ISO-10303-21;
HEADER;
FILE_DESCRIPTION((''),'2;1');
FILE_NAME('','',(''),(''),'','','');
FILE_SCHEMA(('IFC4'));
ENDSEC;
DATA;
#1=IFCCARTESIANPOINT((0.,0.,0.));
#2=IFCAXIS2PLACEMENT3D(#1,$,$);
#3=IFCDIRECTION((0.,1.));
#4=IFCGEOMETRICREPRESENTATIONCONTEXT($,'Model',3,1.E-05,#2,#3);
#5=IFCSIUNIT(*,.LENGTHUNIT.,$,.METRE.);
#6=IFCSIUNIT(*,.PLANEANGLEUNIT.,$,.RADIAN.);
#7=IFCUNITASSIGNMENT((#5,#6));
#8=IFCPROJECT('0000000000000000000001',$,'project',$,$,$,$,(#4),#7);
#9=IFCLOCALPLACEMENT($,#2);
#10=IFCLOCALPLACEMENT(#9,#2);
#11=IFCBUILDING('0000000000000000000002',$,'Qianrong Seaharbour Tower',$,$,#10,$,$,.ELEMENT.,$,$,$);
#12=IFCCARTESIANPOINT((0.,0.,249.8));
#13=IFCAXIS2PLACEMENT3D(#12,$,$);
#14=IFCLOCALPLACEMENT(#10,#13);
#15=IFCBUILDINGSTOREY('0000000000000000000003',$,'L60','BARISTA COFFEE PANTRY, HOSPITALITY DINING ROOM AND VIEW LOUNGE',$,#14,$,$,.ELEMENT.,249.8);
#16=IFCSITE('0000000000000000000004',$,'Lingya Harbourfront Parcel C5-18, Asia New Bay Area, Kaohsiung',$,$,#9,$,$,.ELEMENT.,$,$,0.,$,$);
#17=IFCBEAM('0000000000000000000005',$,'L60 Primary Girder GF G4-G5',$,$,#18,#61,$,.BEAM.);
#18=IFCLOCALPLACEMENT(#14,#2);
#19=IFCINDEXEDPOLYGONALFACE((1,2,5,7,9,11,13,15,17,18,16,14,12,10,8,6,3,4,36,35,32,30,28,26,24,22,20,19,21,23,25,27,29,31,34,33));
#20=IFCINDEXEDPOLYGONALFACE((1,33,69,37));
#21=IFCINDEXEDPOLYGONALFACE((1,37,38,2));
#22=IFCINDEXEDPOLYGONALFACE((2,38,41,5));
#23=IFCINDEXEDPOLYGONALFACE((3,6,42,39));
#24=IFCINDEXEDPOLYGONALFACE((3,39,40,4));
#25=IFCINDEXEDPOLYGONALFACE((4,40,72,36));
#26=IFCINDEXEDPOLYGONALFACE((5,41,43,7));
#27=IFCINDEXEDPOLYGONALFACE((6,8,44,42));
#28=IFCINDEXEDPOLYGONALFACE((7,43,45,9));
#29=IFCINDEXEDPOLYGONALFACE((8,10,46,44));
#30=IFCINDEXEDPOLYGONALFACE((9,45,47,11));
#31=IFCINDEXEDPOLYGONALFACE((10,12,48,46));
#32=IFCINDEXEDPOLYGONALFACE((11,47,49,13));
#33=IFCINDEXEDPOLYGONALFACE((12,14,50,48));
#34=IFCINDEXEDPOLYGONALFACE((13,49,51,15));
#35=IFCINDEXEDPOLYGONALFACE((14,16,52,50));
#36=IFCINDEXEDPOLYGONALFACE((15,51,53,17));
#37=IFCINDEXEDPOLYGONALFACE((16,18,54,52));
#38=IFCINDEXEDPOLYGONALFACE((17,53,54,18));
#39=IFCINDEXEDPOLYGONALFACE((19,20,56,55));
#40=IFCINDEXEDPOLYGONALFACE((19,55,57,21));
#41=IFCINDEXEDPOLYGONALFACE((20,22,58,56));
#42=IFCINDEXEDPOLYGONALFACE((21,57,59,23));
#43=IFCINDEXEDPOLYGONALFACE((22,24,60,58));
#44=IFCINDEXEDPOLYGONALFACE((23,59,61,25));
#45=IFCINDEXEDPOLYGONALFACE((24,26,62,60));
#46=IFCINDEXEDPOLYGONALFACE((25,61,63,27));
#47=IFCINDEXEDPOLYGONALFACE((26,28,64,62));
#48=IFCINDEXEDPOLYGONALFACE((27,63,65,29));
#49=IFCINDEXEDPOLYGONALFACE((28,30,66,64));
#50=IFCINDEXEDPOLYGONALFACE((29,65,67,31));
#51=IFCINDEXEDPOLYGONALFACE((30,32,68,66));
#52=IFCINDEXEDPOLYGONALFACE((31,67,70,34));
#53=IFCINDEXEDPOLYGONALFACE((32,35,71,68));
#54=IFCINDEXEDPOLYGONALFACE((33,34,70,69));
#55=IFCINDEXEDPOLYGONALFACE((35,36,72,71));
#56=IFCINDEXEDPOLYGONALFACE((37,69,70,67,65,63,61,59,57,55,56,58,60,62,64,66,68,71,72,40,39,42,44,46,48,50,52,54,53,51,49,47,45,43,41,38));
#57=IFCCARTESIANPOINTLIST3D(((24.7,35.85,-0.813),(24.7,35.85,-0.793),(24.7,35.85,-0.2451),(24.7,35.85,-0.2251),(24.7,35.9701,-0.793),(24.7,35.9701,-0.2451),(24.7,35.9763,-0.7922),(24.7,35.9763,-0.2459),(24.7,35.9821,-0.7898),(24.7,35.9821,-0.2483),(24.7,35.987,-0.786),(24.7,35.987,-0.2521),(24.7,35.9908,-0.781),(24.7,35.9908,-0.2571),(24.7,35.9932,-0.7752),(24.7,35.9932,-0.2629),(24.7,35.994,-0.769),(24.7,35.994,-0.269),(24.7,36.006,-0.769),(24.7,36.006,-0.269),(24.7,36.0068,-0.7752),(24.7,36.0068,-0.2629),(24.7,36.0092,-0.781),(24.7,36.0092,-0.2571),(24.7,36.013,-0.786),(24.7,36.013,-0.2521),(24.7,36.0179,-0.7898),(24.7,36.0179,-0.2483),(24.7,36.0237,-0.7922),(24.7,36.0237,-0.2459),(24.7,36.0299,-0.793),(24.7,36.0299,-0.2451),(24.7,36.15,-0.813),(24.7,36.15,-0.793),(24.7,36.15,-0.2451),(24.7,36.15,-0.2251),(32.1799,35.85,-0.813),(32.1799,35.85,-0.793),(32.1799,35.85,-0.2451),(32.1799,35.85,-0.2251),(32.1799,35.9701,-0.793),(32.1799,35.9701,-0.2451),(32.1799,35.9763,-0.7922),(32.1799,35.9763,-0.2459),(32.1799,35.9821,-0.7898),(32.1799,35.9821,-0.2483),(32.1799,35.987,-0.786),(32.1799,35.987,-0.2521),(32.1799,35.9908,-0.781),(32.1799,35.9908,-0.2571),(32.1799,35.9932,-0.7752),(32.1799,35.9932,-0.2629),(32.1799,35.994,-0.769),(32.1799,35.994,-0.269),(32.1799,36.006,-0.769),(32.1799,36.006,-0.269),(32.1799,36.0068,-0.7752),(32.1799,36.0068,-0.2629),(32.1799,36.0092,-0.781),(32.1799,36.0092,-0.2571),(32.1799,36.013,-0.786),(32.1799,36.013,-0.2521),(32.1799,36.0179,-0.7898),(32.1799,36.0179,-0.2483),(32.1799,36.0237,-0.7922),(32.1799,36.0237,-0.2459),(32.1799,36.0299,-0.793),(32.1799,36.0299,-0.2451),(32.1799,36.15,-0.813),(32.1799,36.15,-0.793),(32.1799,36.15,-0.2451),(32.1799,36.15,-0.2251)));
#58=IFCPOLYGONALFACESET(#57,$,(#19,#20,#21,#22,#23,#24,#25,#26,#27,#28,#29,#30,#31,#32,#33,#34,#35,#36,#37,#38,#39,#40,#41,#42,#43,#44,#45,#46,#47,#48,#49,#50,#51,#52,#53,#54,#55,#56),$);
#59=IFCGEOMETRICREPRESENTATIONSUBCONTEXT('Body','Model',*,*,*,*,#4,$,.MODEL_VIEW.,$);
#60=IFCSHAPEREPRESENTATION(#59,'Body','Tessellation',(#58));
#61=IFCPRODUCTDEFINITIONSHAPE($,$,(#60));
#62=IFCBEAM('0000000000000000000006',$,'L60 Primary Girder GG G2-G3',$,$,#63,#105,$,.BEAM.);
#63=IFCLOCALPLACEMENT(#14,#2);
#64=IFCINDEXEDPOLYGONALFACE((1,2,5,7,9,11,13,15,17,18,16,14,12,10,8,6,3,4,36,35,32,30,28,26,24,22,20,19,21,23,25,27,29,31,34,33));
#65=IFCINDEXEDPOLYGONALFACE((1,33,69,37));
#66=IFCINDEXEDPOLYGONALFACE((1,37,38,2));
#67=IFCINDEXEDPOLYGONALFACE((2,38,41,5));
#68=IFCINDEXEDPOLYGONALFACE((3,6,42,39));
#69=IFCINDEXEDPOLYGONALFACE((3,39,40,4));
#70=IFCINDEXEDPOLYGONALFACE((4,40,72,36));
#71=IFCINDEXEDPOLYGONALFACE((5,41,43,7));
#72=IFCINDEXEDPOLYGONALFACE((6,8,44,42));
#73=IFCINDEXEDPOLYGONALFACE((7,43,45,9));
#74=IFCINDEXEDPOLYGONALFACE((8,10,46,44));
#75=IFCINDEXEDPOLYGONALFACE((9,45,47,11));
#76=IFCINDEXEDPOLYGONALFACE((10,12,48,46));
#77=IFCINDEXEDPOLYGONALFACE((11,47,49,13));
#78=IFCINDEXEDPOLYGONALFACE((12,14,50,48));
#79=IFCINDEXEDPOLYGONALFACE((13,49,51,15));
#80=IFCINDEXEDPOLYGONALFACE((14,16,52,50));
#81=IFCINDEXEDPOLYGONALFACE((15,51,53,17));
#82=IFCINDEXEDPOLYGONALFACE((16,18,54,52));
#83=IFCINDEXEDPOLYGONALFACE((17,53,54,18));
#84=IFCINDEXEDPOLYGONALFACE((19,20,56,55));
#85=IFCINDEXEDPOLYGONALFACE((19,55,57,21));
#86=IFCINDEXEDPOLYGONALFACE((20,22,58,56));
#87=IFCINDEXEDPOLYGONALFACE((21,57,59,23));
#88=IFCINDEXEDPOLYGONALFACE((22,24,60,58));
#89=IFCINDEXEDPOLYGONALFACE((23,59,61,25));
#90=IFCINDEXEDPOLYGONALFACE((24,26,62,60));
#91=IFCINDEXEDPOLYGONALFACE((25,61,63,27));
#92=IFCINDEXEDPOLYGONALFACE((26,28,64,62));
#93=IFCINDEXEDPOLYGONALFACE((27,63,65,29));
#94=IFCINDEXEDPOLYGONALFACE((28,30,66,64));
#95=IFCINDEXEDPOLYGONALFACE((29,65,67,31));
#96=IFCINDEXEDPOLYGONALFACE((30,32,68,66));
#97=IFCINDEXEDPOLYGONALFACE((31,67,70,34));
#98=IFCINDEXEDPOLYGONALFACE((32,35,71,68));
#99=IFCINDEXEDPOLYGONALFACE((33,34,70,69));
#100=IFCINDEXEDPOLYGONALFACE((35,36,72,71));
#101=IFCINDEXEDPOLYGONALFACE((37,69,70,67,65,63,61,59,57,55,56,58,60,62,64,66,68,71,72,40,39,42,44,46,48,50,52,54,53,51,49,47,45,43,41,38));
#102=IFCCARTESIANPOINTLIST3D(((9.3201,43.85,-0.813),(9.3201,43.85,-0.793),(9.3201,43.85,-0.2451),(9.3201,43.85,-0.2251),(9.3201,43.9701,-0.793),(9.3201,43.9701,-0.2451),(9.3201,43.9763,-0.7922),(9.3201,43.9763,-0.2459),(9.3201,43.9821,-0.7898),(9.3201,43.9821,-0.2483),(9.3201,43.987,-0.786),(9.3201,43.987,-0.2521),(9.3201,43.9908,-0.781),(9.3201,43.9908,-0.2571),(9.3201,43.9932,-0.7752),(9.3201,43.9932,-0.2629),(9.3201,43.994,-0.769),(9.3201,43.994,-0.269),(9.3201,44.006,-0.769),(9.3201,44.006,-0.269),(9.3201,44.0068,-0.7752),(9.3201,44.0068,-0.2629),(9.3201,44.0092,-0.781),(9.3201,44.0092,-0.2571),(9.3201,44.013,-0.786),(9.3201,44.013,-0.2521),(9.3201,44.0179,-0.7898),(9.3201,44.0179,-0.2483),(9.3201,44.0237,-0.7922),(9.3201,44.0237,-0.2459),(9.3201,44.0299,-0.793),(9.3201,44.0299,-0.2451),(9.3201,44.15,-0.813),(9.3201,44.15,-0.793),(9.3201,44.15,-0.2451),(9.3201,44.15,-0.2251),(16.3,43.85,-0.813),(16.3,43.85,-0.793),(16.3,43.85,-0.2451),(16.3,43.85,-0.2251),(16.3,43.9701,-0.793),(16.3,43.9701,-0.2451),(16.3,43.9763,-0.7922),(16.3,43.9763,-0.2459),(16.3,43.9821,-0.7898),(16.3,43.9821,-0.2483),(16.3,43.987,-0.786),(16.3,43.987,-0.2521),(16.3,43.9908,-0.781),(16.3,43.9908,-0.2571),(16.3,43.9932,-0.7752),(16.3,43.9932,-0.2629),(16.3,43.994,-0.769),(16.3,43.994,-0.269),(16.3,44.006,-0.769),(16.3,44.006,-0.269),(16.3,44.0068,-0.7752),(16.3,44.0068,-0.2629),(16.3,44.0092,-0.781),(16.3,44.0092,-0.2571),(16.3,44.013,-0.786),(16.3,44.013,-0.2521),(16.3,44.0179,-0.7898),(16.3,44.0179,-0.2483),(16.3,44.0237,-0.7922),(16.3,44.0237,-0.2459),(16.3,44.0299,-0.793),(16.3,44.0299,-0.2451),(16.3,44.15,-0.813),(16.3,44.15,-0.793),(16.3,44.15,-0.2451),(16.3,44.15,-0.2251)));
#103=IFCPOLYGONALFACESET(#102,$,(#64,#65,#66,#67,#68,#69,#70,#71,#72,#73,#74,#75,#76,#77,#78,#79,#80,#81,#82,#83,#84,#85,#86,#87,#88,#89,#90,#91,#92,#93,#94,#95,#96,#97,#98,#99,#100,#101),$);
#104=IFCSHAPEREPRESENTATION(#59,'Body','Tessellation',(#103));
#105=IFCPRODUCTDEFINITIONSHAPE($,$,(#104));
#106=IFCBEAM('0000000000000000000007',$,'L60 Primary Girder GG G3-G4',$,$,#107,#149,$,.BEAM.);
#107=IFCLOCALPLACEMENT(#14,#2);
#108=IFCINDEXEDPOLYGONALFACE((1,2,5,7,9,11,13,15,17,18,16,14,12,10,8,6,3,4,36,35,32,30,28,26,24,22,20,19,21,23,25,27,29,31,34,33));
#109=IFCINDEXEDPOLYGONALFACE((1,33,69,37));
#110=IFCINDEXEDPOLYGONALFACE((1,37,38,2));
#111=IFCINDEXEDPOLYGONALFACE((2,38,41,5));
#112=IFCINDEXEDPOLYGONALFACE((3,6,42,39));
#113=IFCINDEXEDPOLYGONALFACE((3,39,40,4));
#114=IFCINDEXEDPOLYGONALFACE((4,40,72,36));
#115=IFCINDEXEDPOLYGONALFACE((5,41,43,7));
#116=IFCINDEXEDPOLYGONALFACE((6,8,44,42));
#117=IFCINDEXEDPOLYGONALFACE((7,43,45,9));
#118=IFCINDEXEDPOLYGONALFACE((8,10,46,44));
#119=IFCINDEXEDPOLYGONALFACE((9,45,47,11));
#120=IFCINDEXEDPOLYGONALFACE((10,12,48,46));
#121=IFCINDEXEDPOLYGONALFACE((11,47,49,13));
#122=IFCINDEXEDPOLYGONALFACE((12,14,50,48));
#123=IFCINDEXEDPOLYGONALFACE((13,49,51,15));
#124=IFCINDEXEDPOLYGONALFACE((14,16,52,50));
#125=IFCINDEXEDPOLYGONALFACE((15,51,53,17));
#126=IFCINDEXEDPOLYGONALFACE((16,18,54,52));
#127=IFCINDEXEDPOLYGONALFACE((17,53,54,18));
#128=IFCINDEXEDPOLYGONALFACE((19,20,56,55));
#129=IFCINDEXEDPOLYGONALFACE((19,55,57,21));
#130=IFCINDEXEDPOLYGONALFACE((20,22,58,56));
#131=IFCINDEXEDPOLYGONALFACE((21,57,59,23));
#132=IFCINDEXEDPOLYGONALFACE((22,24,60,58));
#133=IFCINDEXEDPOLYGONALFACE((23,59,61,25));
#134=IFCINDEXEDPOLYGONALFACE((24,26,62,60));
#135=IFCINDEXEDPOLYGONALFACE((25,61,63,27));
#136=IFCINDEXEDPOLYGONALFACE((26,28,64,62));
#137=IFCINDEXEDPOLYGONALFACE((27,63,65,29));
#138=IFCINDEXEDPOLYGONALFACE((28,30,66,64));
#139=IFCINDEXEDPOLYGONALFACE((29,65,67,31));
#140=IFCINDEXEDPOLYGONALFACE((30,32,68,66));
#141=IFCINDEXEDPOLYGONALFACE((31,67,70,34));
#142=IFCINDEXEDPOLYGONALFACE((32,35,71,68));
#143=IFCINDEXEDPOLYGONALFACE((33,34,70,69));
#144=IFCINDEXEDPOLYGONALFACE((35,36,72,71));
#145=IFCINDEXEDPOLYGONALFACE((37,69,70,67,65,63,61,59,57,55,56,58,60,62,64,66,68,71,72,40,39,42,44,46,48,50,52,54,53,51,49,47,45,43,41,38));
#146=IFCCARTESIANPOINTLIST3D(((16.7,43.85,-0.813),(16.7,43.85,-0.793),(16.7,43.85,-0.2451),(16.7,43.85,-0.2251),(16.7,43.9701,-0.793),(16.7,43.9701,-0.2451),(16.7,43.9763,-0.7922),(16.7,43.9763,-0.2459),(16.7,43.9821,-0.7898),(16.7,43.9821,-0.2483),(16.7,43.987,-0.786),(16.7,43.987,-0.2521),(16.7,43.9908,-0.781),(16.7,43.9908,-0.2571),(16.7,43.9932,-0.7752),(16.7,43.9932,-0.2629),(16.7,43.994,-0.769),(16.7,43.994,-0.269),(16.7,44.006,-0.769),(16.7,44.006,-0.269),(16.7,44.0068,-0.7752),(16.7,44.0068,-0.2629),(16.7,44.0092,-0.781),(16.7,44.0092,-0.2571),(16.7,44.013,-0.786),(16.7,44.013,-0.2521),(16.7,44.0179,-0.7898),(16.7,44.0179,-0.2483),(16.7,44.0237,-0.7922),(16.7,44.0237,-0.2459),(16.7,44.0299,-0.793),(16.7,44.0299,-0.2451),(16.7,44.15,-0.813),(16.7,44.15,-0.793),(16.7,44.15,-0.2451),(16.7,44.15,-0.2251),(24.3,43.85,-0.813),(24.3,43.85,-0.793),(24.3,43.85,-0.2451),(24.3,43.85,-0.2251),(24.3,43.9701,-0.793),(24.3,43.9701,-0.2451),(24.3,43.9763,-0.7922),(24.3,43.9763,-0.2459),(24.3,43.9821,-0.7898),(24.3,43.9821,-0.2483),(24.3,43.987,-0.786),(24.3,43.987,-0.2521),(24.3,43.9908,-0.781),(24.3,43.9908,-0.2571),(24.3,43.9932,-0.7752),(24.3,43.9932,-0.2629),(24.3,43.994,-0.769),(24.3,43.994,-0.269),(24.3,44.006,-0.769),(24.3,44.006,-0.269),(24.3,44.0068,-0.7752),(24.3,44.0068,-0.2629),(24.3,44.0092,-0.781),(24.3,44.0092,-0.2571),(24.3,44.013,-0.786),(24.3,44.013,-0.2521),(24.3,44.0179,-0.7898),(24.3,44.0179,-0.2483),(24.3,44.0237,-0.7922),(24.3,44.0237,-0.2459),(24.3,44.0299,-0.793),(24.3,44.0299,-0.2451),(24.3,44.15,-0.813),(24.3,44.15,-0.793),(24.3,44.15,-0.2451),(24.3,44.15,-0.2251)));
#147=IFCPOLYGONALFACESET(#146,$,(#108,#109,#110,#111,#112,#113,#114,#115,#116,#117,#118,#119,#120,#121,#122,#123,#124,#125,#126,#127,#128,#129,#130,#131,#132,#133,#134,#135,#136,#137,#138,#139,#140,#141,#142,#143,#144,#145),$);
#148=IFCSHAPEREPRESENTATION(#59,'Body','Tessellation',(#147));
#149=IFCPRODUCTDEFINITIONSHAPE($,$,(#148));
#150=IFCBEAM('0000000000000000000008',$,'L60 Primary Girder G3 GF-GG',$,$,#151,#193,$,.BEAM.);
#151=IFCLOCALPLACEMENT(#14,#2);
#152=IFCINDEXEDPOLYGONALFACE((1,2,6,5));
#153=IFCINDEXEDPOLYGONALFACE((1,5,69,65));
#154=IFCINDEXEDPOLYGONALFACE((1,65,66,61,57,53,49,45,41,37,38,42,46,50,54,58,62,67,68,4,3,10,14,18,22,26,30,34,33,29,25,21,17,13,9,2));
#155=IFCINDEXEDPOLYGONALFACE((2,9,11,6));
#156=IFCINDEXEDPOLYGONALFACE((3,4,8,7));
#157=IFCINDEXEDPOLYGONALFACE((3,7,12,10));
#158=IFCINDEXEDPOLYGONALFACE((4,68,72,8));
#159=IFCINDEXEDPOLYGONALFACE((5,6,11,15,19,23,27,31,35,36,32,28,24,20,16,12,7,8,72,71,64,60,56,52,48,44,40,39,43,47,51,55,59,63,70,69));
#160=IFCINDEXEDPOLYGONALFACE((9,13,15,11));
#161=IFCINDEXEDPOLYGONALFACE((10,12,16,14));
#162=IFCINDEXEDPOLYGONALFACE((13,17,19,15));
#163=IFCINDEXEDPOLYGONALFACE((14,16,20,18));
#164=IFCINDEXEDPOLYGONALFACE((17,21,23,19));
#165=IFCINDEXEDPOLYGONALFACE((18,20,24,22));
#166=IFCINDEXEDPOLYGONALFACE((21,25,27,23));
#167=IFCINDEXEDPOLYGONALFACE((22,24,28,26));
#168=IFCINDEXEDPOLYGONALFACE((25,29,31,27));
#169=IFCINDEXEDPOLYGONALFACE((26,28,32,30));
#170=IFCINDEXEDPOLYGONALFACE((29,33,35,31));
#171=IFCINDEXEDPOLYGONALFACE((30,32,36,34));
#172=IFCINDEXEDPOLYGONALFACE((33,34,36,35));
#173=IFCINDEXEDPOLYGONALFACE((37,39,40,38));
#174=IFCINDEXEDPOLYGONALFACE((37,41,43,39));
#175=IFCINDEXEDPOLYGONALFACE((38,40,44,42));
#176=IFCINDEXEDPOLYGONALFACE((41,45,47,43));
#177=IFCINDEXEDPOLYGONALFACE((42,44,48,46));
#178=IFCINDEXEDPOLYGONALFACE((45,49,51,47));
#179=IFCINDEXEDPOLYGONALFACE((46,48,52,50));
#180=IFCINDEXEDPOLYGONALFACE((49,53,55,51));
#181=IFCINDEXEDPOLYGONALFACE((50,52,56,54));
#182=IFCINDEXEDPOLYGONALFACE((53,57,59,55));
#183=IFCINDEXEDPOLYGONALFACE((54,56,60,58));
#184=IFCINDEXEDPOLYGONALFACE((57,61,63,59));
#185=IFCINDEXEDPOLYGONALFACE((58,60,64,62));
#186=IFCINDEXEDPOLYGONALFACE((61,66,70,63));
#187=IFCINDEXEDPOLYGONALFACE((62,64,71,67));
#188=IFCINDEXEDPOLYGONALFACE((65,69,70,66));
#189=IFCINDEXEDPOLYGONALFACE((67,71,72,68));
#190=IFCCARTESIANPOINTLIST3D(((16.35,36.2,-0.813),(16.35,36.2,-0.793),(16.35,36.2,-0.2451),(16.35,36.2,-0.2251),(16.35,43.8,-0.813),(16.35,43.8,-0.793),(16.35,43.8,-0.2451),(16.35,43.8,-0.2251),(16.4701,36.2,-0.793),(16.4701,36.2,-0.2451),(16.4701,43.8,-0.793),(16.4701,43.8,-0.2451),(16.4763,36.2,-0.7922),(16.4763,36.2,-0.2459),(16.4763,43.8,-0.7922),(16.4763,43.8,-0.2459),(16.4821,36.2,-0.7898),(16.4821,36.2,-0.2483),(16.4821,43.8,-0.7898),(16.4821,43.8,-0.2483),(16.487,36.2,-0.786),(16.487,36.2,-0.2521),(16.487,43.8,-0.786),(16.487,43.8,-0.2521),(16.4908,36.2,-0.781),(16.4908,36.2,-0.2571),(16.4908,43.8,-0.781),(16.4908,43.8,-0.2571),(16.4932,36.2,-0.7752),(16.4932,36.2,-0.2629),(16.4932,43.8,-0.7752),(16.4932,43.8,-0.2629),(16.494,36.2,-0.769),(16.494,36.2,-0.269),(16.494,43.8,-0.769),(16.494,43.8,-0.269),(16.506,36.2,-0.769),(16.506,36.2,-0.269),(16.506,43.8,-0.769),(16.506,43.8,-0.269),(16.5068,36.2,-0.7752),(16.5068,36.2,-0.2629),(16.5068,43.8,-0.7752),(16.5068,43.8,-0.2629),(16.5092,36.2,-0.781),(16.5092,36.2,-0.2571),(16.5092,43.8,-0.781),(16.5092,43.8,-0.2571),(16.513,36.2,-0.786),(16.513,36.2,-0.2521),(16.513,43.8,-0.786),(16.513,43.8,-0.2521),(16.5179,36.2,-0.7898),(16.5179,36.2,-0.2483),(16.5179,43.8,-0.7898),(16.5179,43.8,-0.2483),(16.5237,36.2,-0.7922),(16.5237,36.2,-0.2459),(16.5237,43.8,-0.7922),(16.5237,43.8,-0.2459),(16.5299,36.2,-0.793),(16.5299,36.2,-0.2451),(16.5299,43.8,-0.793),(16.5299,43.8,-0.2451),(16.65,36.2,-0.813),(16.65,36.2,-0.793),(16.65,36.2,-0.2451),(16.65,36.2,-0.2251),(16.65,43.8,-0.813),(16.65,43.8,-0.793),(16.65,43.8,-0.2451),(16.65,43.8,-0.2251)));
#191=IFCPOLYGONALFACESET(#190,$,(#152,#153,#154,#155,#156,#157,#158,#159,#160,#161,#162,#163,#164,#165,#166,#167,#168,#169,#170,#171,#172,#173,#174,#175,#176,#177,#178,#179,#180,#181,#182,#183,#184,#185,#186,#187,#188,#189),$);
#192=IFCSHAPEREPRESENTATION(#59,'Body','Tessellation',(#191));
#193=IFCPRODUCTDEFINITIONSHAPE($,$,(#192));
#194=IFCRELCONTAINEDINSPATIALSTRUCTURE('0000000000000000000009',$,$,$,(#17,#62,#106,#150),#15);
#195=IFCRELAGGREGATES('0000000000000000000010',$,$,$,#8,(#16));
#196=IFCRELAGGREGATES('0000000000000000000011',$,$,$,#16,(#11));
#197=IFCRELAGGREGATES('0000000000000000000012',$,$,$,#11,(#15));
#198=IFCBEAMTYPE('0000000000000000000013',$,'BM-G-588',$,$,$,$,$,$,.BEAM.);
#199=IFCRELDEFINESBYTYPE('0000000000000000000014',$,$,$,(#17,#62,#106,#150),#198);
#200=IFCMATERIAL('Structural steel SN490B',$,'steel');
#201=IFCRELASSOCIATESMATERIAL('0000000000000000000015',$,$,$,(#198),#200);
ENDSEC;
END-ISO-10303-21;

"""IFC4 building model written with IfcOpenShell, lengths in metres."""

from ifc_helpers import new_model, si_unit, direction, frame, origin, origin_2d, place, context, subcontext, project, spatial, i_section, extrude, material, material_profile, profile_set, type_object, element, save


model = new_model("IFC4")

# Units and contexts
model_context = context("Model", 3, precision=1e-05, world=origin(), true_north=direction((0.0, 1.0)))
body_context = subcontext(model_context, "Body", "Model", "MODEL_VIEW")
ifc_project = project(units=[si_unit("LENGTHUNIT", "METRE"), si_unit("PLANEANGLEUNIT", "RADIAN")], contexts=[model_context])

# Site, building, storey
site_placement = place(None, origin())
site = spatial("IfcSite", under=ifc_project, at=site_placement, Name="Lingya Harbourfront Parcel C5-18, Asia New Bay Area, Kaohsiung", CompositionType="ELEMENT", RefElevation=0.0)
building_placement = place(site_placement, origin())
building = spatial("IfcBuilding", under=site, at=building_placement, Name="Qianrong Seaharbour Tower", CompositionType="ELEMENT")
storey_placement = place(building_placement, frame((0.0, 0.0, 249.8)))
storey = spatial("IfcBuildingStorey", under=building, at=storey_placement, Name="L60", Description="BARISTA COFFEE PANTRY, HOSPITALITY DINING ROOM AND VIEW LOUNGE", CompositionType="ELEMENT", Elevation=249.8)

# Shared definitions
ifc_material_1 = material(Name="Structural steel SN490B", Category="steel")

# Beams
ifc_material_profile_1 = material_profile(ifc_material_1, i_section(OverallWidth=0.3, OverallDepth=0.5879, WebThickness=0.012, FlangeThickness=0.02, FilletRadius=0.0239, at=origin_2d()), Name="H588x300x12x20")
ifc_profile_set_1 = profile_set([ifc_material_profile_1], Name="Structural steel SN490B")
beam_type_1 = type_object("IfcBeamType", Name="BM-G-588", PredefinedType="BEAM", material=ifc_profile_set_1)
beam_1_placement = place(storey_placement, frame((24.7, 36.0, -0.519), z_axis=(1.0, 0.0, 0.0), x_axis=(0.0, 1.0, 0.0)))
element("IfcBeam", 1, at=beam_1_placement, inside=storey, type_object=beam_type_1, Name="L60 Primary Girder GF G4-G5", PredefinedType="BEAM", context=body_context, shape_type="SweptSolid", body=[
    extrude(i_section(OverallWidth=0.3, OverallDepth=0.5879, WebThickness=0.012, FlangeThickness=0.02, FilletRadius=0.0239, at=origin_2d()), origin(), (0.0, 0.0, 1.0), 7.48),
])
beam_2_placement = place(storey_placement, frame((9.3201, 44.0, -0.519), z_axis=(1.0, 0.0, 0.0), x_axis=(0.0, 1.0, 0.0)))
element("IfcBeam", 2, at=beam_2_placement, inside=storey, type_object=beam_type_1, Name="L60 Primary Girder GG G2-G3", PredefinedType="BEAM", context=body_context, shape_type="SweptSolid", body=[
    extrude(i_section(OverallWidth=0.3, OverallDepth=0.5879, WebThickness=0.012, FlangeThickness=0.02, FilletRadius=0.0239, at=origin_2d()), origin(), (0.0, 0.0, 1.0), 6.98),
])
for number, where, z_axis, x_axis, name in (
    (3, (16.7, 44.0, -0.519), (1.0, 0.0, 0.0), (0.0, 1.0, 0.0), "L60 Primary Girder GG G3-G4"),
    (4, (16.5, 36.2, -0.519), (0.0, 1.0, 0.0), (-1.0, 0.0, 0.0), "L60 Primary Girder G3 GF-GG"),
):
    element("IfcBeam", number, at=place(storey_placement, frame(where, z_axis=z_axis, x_axis=x_axis)), inside=storey, type_object=beam_type_1, Name=name, PredefinedType="BEAM", context=body_context, shape_type="SweptSolid", body=[
        extrude(i_section(OverallWidth=0.3, OverallDepth=0.5879, WebThickness=0.012, FlangeThickness=0.02, FilletRadius=0.0239, at=origin_2d()), origin(), (0.0, 0.0, 1.0), 7.6001),
    ])

save(model, "model.ifc")
